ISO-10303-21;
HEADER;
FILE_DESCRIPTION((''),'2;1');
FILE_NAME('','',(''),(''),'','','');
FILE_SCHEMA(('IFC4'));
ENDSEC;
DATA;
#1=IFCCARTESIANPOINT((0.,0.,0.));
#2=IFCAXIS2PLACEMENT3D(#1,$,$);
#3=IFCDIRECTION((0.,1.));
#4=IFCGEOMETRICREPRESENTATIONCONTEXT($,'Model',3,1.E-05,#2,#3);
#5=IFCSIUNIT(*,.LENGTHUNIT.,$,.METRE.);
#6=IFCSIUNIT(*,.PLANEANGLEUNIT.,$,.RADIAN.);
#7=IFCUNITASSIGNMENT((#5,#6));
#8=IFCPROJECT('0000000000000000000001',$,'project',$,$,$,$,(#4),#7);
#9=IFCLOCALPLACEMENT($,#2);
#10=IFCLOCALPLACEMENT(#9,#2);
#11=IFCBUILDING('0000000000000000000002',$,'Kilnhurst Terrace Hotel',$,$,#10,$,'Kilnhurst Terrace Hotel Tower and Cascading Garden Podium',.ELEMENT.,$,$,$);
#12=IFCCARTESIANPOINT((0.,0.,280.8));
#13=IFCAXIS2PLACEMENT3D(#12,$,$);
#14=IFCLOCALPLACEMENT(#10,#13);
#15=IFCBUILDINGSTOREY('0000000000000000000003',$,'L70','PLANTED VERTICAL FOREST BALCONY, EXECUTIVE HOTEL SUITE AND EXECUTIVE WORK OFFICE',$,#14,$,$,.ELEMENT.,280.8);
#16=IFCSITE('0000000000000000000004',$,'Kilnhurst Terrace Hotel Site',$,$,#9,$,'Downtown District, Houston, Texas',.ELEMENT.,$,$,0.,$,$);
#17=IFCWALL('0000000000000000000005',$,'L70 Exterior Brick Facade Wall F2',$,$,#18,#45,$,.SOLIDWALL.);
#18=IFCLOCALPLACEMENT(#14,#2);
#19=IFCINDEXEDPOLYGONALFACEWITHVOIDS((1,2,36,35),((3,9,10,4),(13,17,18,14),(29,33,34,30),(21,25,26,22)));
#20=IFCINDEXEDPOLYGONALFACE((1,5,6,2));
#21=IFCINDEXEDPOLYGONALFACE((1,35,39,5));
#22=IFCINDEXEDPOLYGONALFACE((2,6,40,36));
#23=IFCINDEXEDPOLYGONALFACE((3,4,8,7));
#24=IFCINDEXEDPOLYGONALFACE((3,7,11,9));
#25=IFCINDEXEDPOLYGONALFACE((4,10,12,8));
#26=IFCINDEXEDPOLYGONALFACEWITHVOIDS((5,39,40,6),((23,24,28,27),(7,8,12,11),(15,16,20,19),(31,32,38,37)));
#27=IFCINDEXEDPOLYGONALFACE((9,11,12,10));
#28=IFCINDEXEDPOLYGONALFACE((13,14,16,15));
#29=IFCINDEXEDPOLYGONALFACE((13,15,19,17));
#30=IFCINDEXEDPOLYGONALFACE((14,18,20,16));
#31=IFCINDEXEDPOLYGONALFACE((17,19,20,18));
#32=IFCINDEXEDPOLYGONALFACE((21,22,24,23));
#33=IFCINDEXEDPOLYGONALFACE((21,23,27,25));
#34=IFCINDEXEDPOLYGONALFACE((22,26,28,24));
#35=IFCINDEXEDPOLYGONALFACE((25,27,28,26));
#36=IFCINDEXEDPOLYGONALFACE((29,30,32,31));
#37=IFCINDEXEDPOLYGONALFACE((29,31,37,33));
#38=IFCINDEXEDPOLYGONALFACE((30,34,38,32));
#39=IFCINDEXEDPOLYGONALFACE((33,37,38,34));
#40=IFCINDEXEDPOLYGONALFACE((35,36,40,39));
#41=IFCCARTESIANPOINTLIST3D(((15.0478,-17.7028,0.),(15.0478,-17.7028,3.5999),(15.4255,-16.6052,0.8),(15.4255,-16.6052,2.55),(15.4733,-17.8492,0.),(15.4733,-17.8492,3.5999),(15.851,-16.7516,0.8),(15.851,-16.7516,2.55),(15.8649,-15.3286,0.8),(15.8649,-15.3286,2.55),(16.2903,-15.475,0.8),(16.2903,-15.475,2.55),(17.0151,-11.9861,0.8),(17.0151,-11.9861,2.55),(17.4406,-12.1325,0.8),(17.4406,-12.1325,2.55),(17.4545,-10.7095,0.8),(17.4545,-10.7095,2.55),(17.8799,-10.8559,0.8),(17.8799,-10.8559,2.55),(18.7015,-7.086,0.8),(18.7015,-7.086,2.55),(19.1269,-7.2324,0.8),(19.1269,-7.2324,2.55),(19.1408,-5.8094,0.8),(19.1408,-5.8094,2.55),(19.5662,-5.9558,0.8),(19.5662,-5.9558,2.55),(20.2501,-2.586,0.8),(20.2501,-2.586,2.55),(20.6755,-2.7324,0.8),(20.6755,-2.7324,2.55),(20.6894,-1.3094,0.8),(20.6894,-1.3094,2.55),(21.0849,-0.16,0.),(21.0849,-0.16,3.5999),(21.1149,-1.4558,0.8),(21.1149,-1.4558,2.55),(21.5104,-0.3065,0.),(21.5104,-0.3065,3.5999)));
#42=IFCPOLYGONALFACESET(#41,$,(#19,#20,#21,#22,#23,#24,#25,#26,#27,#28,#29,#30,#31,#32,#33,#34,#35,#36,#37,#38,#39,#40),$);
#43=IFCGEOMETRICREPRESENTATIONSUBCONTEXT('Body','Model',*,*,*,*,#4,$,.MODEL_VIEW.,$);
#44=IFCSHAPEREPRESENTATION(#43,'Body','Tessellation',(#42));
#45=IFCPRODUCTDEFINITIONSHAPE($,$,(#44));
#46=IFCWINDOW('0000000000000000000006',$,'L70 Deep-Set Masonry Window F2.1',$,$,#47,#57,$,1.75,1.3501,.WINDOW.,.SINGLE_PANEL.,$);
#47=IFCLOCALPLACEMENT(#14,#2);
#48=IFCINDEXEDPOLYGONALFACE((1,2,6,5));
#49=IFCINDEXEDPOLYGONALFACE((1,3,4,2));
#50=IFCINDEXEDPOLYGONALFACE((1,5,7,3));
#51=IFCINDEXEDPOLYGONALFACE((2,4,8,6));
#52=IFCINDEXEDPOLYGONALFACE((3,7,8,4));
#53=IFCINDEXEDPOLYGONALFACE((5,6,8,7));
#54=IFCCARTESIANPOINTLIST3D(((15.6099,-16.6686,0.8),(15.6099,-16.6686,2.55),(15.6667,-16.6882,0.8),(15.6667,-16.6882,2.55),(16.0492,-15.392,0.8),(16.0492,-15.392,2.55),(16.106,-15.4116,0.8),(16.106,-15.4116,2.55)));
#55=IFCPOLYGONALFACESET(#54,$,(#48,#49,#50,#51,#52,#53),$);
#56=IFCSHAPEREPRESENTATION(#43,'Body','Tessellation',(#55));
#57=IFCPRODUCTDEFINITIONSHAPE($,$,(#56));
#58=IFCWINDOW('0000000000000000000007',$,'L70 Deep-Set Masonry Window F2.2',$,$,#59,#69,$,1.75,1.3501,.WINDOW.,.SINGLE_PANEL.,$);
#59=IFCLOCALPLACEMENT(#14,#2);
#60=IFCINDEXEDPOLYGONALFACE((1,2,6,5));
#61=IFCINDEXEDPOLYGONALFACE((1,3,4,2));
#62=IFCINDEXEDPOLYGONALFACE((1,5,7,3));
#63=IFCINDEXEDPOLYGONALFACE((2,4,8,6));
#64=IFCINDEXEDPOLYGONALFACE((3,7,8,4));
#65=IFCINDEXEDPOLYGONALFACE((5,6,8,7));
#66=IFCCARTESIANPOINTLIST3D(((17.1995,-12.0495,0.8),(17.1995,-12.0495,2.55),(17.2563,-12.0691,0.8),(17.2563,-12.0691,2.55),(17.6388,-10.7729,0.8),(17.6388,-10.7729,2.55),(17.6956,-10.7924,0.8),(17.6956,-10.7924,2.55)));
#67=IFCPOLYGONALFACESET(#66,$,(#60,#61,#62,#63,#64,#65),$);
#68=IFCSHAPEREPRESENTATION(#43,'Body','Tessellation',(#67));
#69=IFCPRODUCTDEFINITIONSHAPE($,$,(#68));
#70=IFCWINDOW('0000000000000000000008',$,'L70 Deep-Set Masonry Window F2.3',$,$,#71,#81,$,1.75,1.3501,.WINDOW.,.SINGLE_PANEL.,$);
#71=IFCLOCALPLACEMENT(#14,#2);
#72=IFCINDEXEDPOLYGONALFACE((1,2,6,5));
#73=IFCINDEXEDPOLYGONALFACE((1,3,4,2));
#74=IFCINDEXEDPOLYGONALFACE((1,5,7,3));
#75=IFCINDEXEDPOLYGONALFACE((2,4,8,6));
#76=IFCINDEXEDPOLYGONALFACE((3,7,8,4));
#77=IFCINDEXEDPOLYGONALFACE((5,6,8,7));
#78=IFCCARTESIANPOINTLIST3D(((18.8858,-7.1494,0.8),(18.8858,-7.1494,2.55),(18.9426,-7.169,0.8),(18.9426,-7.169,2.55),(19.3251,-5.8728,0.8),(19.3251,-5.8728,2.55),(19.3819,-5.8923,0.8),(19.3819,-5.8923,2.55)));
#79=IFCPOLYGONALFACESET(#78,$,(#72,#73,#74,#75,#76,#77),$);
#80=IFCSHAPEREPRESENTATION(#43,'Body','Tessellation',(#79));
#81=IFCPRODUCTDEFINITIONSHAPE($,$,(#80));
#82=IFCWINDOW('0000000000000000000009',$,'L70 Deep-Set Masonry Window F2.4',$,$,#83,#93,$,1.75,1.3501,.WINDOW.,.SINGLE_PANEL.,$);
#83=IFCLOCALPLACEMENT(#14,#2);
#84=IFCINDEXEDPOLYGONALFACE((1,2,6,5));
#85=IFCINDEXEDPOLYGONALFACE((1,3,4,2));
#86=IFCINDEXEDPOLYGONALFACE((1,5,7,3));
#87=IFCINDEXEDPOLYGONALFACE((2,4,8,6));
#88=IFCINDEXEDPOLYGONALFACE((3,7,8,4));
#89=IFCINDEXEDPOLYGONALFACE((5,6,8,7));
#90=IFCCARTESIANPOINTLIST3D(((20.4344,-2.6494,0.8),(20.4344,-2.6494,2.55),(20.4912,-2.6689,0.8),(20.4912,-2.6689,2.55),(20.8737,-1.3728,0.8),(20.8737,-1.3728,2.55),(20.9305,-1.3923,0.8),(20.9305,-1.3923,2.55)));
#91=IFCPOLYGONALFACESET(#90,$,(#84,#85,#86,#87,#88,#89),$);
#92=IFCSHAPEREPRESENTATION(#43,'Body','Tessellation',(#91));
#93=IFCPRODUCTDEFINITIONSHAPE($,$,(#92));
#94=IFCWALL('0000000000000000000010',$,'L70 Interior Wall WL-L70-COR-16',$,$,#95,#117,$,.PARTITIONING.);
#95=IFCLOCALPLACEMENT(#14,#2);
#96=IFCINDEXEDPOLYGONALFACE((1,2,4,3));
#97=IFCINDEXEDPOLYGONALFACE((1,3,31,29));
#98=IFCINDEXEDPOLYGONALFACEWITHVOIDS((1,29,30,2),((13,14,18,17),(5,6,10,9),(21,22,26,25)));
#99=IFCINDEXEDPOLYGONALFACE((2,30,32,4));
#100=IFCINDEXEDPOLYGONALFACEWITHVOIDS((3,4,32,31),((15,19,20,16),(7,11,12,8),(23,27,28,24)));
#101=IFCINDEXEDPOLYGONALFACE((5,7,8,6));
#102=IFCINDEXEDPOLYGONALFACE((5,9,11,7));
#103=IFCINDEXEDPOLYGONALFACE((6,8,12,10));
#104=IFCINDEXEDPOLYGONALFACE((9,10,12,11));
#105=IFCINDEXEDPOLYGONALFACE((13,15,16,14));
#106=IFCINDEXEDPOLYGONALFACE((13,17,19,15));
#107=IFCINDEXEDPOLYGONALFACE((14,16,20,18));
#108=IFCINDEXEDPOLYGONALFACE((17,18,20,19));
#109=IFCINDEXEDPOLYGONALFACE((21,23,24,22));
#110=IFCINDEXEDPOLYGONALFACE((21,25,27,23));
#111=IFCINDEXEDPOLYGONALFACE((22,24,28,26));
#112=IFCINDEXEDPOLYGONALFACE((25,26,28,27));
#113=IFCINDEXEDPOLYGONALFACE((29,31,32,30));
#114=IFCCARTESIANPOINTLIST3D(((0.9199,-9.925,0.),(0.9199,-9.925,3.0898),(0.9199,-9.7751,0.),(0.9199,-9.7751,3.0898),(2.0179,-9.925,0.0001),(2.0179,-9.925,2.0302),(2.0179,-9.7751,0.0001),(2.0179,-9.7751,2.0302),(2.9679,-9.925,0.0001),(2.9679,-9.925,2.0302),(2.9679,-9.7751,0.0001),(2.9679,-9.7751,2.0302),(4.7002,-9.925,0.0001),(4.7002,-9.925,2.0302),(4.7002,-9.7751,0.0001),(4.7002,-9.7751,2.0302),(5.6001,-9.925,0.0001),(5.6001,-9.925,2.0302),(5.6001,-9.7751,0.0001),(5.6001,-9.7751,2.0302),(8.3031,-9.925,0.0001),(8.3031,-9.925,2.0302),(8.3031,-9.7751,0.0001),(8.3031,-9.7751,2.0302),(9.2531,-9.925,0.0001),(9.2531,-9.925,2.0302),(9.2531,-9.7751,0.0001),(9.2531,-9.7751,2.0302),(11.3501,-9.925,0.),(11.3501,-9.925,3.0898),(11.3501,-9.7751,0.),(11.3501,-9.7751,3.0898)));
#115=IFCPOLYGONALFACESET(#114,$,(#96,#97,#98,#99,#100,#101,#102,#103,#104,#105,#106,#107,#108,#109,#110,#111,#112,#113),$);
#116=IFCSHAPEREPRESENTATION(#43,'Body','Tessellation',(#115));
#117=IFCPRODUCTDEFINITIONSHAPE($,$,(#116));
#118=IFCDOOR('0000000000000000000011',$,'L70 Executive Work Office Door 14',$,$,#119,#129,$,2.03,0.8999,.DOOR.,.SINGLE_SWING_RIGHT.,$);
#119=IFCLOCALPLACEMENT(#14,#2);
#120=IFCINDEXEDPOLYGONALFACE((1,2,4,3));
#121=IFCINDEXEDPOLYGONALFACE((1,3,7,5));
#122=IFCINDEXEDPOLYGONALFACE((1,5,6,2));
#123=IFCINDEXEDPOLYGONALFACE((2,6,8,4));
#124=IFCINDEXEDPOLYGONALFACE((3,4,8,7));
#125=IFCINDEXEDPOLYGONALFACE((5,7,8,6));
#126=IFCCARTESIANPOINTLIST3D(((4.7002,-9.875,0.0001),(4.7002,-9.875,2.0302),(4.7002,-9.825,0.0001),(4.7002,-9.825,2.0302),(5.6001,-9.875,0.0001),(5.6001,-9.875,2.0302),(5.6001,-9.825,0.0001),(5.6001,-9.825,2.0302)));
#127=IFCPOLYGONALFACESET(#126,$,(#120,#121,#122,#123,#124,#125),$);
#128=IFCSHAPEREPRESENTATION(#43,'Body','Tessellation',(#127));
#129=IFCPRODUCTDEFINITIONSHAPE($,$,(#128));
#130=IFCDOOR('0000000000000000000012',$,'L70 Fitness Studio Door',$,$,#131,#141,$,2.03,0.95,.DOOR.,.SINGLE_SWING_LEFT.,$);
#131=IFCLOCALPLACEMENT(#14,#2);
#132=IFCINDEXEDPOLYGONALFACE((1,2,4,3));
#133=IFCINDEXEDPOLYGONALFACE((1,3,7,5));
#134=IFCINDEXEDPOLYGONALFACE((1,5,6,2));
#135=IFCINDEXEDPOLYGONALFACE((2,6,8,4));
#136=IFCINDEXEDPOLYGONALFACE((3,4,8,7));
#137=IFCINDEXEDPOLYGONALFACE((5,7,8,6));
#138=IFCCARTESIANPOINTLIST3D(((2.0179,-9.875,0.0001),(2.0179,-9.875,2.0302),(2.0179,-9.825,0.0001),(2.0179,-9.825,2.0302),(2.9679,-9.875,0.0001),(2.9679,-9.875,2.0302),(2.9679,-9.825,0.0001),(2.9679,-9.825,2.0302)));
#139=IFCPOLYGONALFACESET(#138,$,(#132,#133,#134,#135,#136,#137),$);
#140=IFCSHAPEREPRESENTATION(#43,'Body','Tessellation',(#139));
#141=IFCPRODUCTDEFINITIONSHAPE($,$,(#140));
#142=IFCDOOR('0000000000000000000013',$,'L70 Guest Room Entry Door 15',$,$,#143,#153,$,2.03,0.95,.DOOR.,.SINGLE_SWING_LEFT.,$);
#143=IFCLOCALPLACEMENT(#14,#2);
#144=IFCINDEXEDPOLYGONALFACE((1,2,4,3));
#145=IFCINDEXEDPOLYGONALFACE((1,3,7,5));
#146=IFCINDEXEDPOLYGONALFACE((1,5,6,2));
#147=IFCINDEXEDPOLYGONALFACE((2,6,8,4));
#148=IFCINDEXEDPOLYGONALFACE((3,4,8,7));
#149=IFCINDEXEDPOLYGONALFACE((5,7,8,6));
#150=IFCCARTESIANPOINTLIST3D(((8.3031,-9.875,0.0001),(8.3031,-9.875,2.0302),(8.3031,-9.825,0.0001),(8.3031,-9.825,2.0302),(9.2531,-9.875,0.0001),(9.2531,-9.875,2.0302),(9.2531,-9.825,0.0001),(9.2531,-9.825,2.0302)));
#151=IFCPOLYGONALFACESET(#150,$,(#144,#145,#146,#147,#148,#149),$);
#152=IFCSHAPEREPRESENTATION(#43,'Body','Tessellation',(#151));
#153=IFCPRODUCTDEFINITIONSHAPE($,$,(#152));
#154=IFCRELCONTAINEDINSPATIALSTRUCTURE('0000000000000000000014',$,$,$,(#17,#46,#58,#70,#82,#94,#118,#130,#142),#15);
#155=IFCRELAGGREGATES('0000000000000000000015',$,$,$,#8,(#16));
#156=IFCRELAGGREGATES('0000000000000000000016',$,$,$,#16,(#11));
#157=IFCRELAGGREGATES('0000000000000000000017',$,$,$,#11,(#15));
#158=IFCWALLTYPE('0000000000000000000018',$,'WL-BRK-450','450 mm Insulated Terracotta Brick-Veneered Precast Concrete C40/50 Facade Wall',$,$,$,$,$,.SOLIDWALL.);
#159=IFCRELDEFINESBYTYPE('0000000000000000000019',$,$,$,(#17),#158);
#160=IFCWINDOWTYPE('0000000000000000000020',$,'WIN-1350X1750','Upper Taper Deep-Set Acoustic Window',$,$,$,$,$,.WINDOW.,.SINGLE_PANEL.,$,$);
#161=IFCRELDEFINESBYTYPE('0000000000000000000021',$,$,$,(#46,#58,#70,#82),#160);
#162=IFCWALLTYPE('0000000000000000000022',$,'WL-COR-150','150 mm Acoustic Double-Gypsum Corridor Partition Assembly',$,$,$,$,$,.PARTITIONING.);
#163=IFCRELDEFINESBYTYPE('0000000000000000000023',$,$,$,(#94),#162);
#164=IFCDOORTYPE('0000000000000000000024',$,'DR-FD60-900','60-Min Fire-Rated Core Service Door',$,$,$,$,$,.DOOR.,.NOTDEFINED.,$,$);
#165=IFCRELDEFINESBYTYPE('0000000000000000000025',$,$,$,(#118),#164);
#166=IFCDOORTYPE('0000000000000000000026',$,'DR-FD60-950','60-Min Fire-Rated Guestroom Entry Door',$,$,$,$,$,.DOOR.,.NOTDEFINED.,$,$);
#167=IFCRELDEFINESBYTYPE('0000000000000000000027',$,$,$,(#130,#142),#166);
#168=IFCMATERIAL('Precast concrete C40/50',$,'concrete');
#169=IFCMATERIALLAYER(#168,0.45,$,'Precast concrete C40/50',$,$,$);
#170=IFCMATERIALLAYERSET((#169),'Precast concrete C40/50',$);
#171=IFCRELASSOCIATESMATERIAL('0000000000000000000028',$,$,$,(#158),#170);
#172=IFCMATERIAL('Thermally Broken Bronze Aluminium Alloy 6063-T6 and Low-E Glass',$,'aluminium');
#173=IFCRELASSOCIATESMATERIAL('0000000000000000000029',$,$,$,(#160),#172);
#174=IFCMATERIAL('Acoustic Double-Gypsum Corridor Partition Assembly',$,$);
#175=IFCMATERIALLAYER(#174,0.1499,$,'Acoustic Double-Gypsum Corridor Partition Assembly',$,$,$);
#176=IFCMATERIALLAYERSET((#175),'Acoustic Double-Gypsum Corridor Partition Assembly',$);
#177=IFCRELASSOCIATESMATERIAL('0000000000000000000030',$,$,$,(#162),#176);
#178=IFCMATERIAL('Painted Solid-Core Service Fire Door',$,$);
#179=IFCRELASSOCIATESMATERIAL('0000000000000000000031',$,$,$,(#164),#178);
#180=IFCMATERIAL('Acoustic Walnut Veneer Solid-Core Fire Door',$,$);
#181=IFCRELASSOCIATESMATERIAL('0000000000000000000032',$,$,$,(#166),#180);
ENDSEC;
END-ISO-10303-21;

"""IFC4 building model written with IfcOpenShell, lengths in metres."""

from ifc_helpers import new_model, si_unit, direction, frame, frame_2d, origin, place, context, subcontext, project, spatial, rectangle, extrude, material, layer, layer_set, type_object, element, fill, save


model = new_model("IFC4")

# Units and contexts
model_context = context("Model", 3, precision=1e-05, world=origin(), true_north=direction((0.0, 1.0)))
body_context = subcontext(model_context, "Body", "Model", "MODEL_VIEW")
ifc_project = project(units=[si_unit("LENGTHUNIT", "METRE"), si_unit("PLANEANGLEUNIT", "RADIAN")], contexts=[model_context])

# Site, building, storey
site_placement = place(None, origin())
site = spatial("IfcSite", under=ifc_project, at=site_placement, Name="Kilnhurst Terrace Hotel Site", LongName="Downtown District, Houston, Texas", CompositionType="ELEMENT", RefElevation=0.0)
building_placement = place(site_placement, origin())
building = spatial("IfcBuilding", under=site, at=building_placement, Name="Kilnhurst Terrace Hotel", LongName="Kilnhurst Terrace Hotel Tower and Cascading Garden Podium", CompositionType="ELEMENT")
storey_placement = place(building_placement, frame((0.0, 0.0, 280.8)))
storey = spatial("IfcBuildingStorey", under=building, at=storey_placement, Name="L70", Description="PLANTED VERTICAL FOREST BALCONY, EXECUTIVE HOTEL SUITE AND EXECUTIVE WORK OFFICE", CompositionType="ELEMENT", Elevation=280.8)

# Shared definitions
ifc_material_1 = material(Name="Precast concrete C40/50", Category="concrete")
ifc_layer_1 = layer(ifc_material_1, 0.45, Name="Precast concrete C40/50")
ifc_layer_set_1 = layer_set([ifc_layer_1], Name="Precast concrete C40/50")
wall_type_1 = type_object("IfcWallType", Name="WL-BRK-450", Description="450 mm Insulated Terracotta Brick-Veneered Precast Concrete C40/50 Facade Wall", PredefinedType="SOLIDWALL", material=ifc_layer_set_1)

# Wall, openings, windows
wall_1_placement = place(storey_placement, frame((15.2605, -17.7761, 0.0), z_axis=(0.0, 0.0, 1.0), x_axis=(0.325407, 0.945574, 0.0)))
wall_1 = element("IfcWall", 1, at=wall_1_placement, inside=storey, type_object=wall_type_1, Name="L70 Exterior Brick Facade Wall F2", PredefinedType="SOLIDWALL", context=body_context, shape_type="SweptSolid", body=[
    extrude(rectangle(XDim=18.5525, YDim=0.45, at=frame_2d((9.2764, 0.0))), origin(), (0.0, 0.0, 1.0), 3.5999),
])
opening_1_placement = place(wall_1_placement, frame((1.1609, 0.0, 0.8)))
opening_1 = element("IfcOpeningElement", 2, at=opening_1_placement, cuts=wall_1, PredefinedType="OPENING", context=body_context, shape_type="SweptSolid", body=[
    extrude(rectangle(XDim=1.3501, YDim=1.75, at=frame_2d((0.675, 0.875))), frame((0.0, 0.2349, 0.0), z_axis=(0.0, -1.0, 0.0), x_axis=(1.0, 0.0, 0.0)), (0.0, 0.0, 1.0), 0.47),
])
opening_2_placement = place(wall_1_placement, frame((6.0459, 0.0, 0.8)))
opening_2 = element("IfcOpeningElement", 3, at=opening_2_placement, cuts=wall_1, PredefinedType="OPENING", context=body_context, shape_type="SweptSolid", body=[
    extrude(rectangle(XDim=1.3501, YDim=1.75, at=frame_2d((0.675, 0.875))), frame((0.0, 0.2349, 0.0), z_axis=(0.0, -1.0, 0.0), x_axis=(1.0, 0.0, 0.0)), (0.0, 0.0, 1.0), 0.47),
])
opening_3_placement = place(wall_1_placement, frame((11.228, 0.0, 0.8)))
opening_3 = element("IfcOpeningElement", 4, at=opening_3_placement, cuts=wall_1, PredefinedType="OPENING", context=body_context, shape_type="SweptSolid", body=[
    extrude(rectangle(XDim=1.3501, YDim=1.75, at=frame_2d((0.675, 0.875))), frame((0.0, 0.2349, 0.0), z_axis=(0.0, -1.0, 0.0), x_axis=(1.0, 0.0, 0.0)), (0.0, 0.0, 1.0), 0.47),
])
opening_4_placement = place(wall_1_placement, frame((15.9871, 0.0, 0.8)))
opening_4 = element("IfcOpeningElement", 5, at=opening_4_placement, cuts=wall_1, PredefinedType="OPENING", context=body_context, shape_type="SweptSolid", body=[
    extrude(rectangle(XDim=1.3501, YDim=1.75, at=frame_2d((0.675, 0.875))), frame((0.0, 0.2349, 0.0), z_axis=(0.0, -1.0, 0.0), x_axis=(1.0, 0.0, 0.0)), (0.0, 0.0, 1.0), 0.47),
])
ifc_material_2 = material(Name="Thermally Broken Bronze Aluminium Alloy 6063-T6 and Low-E Glass", Category="aluminium")
window_type = type_object("IfcWindowType", Name="WIN-1350X1750", Description="Upper Taper Deep-Set Acoustic Window", PartitioningType="SINGLE_PANEL", PredefinedType="WINDOW", material=ifc_material_2)
window_1_placement = place(opening_1_placement, origin())
window_1 = element("IfcWindow", 6, at=window_1_placement, inside=storey, type_object=window_type, Name="L70 Deep-Set Masonry Window F2.1", OverallHeight=1.75, OverallWidth=1.3501, PartitioningType="SINGLE_PANEL", PredefinedType="WINDOW", context=body_context, shape_type="SweptSolid", body=[
    extrude(rectangle(XDim=1.3501, YDim=1.75, at=frame_2d((0.675, 0.875))), frame((0.0, 0.03, 0.0), z_axis=(0.0, -1.0, 0.0), x_axis=(1.0, 0.0, 0.0)), (0.0, 0.0, 1.0), 0.0601),
])
fill(opening_1, window_1)
window_2_placement = place(opening_2_placement, origin())
window_2 = element("IfcWindow", 7, at=window_2_placement, inside=storey, type_object=window_type, Name="L70 Deep-Set Masonry Window F2.2", OverallHeight=1.75, OverallWidth=1.3501, PartitioningType="SINGLE_PANEL", PredefinedType="WINDOW", context=body_context, shape_type="SweptSolid", body=[
    extrude(rectangle(XDim=1.3501, YDim=1.75, at=frame_2d((0.675, 0.875))), frame((0.0, 0.03, 0.0), z_axis=(0.0, -1.0, 0.0), x_axis=(1.0, 0.0, 0.0)), (0.0, 0.0, 1.0), 0.0601),
])
fill(opening_2, window_2)
window_3_placement = place(opening_3_placement, origin())
window_3 = element("IfcWindow", 8, at=window_3_placement, inside=storey, type_object=window_type, Name="L70 Deep-Set Masonry Window F2.3", OverallHeight=1.75, OverallWidth=1.3501, PartitioningType="SINGLE_PANEL", PredefinedType="WINDOW", context=body_context, shape_type="SweptSolid", body=[
    extrude(rectangle(XDim=1.3501, YDim=1.75, at=frame_2d((0.675, 0.875))), frame((0.0, 0.03, 0.0), z_axis=(0.0, -1.0, 0.0), x_axis=(1.0, 0.0, 0.0)), (0.0, 0.0, 1.0), 0.0601),
])
fill(opening_3, window_3)
window_4_placement = place(opening_4_placement, origin())
window_4 = element("IfcWindow", 9, at=window_4_placement, inside=storey, type_object=window_type, Name="L70 Deep-Set Masonry Window F2.4", OverallHeight=1.75, OverallWidth=1.3501, PartitioningType="SINGLE_PANEL", PredefinedType="WINDOW", context=body_context, shape_type="SweptSolid", body=[
    extrude(rectangle(XDim=1.3501, YDim=1.75, at=frame_2d((0.675, 0.875))), frame((0.0, 0.03, 0.0), z_axis=(0.0, -1.0, 0.0), x_axis=(1.0, 0.0, 0.0)), (0.0, 0.0, 1.0), 0.0601),
])
fill(opening_4, window_4)

# Wall, openings, doors
ifc_material_3 = material(Name="Acoustic Double-Gypsum Corridor Partition Assembly")
ifc_layer_2 = layer(ifc_material_3, 0.1499, Name="Acoustic Double-Gypsum Corridor Partition Assembly")
ifc_layer_set_2 = layer_set([ifc_layer_2], Name="Acoustic Double-Gypsum Corridor Partition Assembly")
wall_type_2 = type_object("IfcWallType", Name="WL-COR-150", Description="150 mm Acoustic Double-Gypsum Corridor Partition Assembly", PredefinedType="PARTITIONING", material=ifc_layer_set_2)
wall_2_placement = place(storey_placement, frame((11.3501, -9.8501, 0.0), z_axis=(0.0, 0.0, 1.0), x_axis=(-1.0, 0.0, 0.0)))
wall_2 = element("IfcWall", 10, at=wall_2_placement, inside=storey, type_object=wall_type_2, Name="L70 Interior Wall WL-L70-COR-16", PredefinedType="PARTITIONING", context=body_context, shape_type="SweptSolid", body=[
    extrude(rectangle(XDim=10.4302, YDim=0.1499, at=frame_2d((5.2151, 0.0))), origin(), (0.0, 0.0, 1.0), 3.0898),
])
opening_5_placement = place(wall_2_placement, frame((8.3821, 0.0, 0.0)))
opening_5 = element("IfcOpeningElement", 11, at=opening_5_placement, cuts=wall_2, PredefinedType="OPENING", context=body_context, shape_type="SweptSolid", body=[
    extrude(rectangle(XDim=0.95, YDim=2.03, at=frame_2d((0.4751, 1.0151))), frame((0.0, 0.085, 0.0), z_axis=(0.0, -1.0, 0.0), x_axis=(1.0, 0.0, 0.0)), (0.0, 0.0, 1.0), 0.1699),
])
opening_6_placement = place(wall_2_placement, frame((5.75, 0.0, 0.0)))
opening_6 = element("IfcOpeningElement", 12, at=opening_6_placement, cuts=wall_2, PredefinedType="OPENING", context=body_context, shape_type="SweptSolid", body=[
    extrude(rectangle(XDim=0.8999, YDim=2.03, at=frame_2d((0.45, 1.0151))), frame((0.0, 0.085, 0.0), z_axis=(0.0, -1.0, 0.0), x_axis=(1.0, 0.0, 0.0)), (0.0, 0.0, 1.0), 0.1699),
])
opening_7_placement = place(wall_2_placement, frame((2.0969, 0.0, 0.0)))
opening_7 = element("IfcOpeningElement", 13, at=opening_7_placement, cuts=wall_2, PredefinedType="OPENING", context=body_context, shape_type="SweptSolid", body=[
    extrude(rectangle(XDim=0.95, YDim=2.03, at=frame_2d((0.4751, 1.0151))), frame((0.0, 0.085, 0.0), z_axis=(0.0, -1.0, 0.0), x_axis=(1.0, 0.0, 0.0)), (0.0, 0.0, 1.0), 0.1699),
])
ifc_material_4 = material(Name="Painted Solid-Core Service Fire Door")
door_type_1 = type_object("IfcDoorType", Name="DR-FD60-900", Description="60-Min Fire-Rated Core Service Door", OperationType="NOTDEFINED", PredefinedType="DOOR", material=ifc_material_4)
door_1_placement = place(opening_6_placement, origin())
door_1 = element("IfcDoor", 14, at=door_1_placement, inside=storey, type_object=door_type_1, Name="L70 Executive Work Office Door 14", OperationType="SINGLE_SWING_RIGHT", OverallHeight=2.03, OverallWidth=0.8999, PredefinedType="DOOR", context=body_context, shape_type="SweptSolid", body=[
    extrude(rectangle(XDim=0.8999, YDim=2.03, at=frame_2d((0.45, 1.0151))), frame((0.0, 0.0249, 0.0), z_axis=(0.0, -1.0, 0.0), x_axis=(1.0, 0.0, 0.0)), (0.0, 0.0, 1.0), 0.05),
])
fill(opening_6, door_1)
ifc_material_5 = material(Name="Acoustic Walnut Veneer Solid-Core Fire Door")
door_type_2 = type_object("IfcDoorType", Name="DR-FD60-950", Description="60-Min Fire-Rated Guestroom Entry Door", OperationType="NOTDEFINED", PredefinedType="DOOR", material=ifc_material_5)
door_2_placement = place(opening_5_placement, origin())
door_2 = element("IfcDoor", 15, at=door_2_placement, inside=storey, type_object=door_type_2, Name="L70 Fitness Studio Door", OperationType="SINGLE_SWING_LEFT", OverallHeight=2.03, OverallWidth=0.95, PredefinedType="DOOR", context=body_context, shape_type="SweptSolid", body=[
    extrude(rectangle(XDim=0.95, YDim=2.03, at=frame_2d((0.4751, 1.0151))), frame((0.0, 0.0249, 0.0), z_axis=(0.0, -1.0, 0.0), x_axis=(1.0, 0.0, 0.0)), (0.0, 0.0, 1.0), 0.05),
])
fill(opening_5, door_2)
door_3_placement = place(opening_7_placement, origin())
door_3 = element("IfcDoor", 16, at=door_3_placement, inside=storey, type_object=door_type_2, Name="L70 Guest Room Entry Door 15", OperationType="SINGLE_SWING_LEFT", OverallHeight=2.03, OverallWidth=0.95, PredefinedType="DOOR", context=body_context, shape_type="SweptSolid", body=[
    extrude(rectangle(XDim=0.95, YDim=2.03, at=frame_2d((0.4751, 1.0151))), frame((0.0, 0.0249, 0.0), z_axis=(0.0, -1.0, 0.0), x_axis=(1.0, 0.0, 0.0)), (0.0, 0.0, 1.0), 0.05),
])
fill(opening_7, door_3)

save(model, "model.ifc")
